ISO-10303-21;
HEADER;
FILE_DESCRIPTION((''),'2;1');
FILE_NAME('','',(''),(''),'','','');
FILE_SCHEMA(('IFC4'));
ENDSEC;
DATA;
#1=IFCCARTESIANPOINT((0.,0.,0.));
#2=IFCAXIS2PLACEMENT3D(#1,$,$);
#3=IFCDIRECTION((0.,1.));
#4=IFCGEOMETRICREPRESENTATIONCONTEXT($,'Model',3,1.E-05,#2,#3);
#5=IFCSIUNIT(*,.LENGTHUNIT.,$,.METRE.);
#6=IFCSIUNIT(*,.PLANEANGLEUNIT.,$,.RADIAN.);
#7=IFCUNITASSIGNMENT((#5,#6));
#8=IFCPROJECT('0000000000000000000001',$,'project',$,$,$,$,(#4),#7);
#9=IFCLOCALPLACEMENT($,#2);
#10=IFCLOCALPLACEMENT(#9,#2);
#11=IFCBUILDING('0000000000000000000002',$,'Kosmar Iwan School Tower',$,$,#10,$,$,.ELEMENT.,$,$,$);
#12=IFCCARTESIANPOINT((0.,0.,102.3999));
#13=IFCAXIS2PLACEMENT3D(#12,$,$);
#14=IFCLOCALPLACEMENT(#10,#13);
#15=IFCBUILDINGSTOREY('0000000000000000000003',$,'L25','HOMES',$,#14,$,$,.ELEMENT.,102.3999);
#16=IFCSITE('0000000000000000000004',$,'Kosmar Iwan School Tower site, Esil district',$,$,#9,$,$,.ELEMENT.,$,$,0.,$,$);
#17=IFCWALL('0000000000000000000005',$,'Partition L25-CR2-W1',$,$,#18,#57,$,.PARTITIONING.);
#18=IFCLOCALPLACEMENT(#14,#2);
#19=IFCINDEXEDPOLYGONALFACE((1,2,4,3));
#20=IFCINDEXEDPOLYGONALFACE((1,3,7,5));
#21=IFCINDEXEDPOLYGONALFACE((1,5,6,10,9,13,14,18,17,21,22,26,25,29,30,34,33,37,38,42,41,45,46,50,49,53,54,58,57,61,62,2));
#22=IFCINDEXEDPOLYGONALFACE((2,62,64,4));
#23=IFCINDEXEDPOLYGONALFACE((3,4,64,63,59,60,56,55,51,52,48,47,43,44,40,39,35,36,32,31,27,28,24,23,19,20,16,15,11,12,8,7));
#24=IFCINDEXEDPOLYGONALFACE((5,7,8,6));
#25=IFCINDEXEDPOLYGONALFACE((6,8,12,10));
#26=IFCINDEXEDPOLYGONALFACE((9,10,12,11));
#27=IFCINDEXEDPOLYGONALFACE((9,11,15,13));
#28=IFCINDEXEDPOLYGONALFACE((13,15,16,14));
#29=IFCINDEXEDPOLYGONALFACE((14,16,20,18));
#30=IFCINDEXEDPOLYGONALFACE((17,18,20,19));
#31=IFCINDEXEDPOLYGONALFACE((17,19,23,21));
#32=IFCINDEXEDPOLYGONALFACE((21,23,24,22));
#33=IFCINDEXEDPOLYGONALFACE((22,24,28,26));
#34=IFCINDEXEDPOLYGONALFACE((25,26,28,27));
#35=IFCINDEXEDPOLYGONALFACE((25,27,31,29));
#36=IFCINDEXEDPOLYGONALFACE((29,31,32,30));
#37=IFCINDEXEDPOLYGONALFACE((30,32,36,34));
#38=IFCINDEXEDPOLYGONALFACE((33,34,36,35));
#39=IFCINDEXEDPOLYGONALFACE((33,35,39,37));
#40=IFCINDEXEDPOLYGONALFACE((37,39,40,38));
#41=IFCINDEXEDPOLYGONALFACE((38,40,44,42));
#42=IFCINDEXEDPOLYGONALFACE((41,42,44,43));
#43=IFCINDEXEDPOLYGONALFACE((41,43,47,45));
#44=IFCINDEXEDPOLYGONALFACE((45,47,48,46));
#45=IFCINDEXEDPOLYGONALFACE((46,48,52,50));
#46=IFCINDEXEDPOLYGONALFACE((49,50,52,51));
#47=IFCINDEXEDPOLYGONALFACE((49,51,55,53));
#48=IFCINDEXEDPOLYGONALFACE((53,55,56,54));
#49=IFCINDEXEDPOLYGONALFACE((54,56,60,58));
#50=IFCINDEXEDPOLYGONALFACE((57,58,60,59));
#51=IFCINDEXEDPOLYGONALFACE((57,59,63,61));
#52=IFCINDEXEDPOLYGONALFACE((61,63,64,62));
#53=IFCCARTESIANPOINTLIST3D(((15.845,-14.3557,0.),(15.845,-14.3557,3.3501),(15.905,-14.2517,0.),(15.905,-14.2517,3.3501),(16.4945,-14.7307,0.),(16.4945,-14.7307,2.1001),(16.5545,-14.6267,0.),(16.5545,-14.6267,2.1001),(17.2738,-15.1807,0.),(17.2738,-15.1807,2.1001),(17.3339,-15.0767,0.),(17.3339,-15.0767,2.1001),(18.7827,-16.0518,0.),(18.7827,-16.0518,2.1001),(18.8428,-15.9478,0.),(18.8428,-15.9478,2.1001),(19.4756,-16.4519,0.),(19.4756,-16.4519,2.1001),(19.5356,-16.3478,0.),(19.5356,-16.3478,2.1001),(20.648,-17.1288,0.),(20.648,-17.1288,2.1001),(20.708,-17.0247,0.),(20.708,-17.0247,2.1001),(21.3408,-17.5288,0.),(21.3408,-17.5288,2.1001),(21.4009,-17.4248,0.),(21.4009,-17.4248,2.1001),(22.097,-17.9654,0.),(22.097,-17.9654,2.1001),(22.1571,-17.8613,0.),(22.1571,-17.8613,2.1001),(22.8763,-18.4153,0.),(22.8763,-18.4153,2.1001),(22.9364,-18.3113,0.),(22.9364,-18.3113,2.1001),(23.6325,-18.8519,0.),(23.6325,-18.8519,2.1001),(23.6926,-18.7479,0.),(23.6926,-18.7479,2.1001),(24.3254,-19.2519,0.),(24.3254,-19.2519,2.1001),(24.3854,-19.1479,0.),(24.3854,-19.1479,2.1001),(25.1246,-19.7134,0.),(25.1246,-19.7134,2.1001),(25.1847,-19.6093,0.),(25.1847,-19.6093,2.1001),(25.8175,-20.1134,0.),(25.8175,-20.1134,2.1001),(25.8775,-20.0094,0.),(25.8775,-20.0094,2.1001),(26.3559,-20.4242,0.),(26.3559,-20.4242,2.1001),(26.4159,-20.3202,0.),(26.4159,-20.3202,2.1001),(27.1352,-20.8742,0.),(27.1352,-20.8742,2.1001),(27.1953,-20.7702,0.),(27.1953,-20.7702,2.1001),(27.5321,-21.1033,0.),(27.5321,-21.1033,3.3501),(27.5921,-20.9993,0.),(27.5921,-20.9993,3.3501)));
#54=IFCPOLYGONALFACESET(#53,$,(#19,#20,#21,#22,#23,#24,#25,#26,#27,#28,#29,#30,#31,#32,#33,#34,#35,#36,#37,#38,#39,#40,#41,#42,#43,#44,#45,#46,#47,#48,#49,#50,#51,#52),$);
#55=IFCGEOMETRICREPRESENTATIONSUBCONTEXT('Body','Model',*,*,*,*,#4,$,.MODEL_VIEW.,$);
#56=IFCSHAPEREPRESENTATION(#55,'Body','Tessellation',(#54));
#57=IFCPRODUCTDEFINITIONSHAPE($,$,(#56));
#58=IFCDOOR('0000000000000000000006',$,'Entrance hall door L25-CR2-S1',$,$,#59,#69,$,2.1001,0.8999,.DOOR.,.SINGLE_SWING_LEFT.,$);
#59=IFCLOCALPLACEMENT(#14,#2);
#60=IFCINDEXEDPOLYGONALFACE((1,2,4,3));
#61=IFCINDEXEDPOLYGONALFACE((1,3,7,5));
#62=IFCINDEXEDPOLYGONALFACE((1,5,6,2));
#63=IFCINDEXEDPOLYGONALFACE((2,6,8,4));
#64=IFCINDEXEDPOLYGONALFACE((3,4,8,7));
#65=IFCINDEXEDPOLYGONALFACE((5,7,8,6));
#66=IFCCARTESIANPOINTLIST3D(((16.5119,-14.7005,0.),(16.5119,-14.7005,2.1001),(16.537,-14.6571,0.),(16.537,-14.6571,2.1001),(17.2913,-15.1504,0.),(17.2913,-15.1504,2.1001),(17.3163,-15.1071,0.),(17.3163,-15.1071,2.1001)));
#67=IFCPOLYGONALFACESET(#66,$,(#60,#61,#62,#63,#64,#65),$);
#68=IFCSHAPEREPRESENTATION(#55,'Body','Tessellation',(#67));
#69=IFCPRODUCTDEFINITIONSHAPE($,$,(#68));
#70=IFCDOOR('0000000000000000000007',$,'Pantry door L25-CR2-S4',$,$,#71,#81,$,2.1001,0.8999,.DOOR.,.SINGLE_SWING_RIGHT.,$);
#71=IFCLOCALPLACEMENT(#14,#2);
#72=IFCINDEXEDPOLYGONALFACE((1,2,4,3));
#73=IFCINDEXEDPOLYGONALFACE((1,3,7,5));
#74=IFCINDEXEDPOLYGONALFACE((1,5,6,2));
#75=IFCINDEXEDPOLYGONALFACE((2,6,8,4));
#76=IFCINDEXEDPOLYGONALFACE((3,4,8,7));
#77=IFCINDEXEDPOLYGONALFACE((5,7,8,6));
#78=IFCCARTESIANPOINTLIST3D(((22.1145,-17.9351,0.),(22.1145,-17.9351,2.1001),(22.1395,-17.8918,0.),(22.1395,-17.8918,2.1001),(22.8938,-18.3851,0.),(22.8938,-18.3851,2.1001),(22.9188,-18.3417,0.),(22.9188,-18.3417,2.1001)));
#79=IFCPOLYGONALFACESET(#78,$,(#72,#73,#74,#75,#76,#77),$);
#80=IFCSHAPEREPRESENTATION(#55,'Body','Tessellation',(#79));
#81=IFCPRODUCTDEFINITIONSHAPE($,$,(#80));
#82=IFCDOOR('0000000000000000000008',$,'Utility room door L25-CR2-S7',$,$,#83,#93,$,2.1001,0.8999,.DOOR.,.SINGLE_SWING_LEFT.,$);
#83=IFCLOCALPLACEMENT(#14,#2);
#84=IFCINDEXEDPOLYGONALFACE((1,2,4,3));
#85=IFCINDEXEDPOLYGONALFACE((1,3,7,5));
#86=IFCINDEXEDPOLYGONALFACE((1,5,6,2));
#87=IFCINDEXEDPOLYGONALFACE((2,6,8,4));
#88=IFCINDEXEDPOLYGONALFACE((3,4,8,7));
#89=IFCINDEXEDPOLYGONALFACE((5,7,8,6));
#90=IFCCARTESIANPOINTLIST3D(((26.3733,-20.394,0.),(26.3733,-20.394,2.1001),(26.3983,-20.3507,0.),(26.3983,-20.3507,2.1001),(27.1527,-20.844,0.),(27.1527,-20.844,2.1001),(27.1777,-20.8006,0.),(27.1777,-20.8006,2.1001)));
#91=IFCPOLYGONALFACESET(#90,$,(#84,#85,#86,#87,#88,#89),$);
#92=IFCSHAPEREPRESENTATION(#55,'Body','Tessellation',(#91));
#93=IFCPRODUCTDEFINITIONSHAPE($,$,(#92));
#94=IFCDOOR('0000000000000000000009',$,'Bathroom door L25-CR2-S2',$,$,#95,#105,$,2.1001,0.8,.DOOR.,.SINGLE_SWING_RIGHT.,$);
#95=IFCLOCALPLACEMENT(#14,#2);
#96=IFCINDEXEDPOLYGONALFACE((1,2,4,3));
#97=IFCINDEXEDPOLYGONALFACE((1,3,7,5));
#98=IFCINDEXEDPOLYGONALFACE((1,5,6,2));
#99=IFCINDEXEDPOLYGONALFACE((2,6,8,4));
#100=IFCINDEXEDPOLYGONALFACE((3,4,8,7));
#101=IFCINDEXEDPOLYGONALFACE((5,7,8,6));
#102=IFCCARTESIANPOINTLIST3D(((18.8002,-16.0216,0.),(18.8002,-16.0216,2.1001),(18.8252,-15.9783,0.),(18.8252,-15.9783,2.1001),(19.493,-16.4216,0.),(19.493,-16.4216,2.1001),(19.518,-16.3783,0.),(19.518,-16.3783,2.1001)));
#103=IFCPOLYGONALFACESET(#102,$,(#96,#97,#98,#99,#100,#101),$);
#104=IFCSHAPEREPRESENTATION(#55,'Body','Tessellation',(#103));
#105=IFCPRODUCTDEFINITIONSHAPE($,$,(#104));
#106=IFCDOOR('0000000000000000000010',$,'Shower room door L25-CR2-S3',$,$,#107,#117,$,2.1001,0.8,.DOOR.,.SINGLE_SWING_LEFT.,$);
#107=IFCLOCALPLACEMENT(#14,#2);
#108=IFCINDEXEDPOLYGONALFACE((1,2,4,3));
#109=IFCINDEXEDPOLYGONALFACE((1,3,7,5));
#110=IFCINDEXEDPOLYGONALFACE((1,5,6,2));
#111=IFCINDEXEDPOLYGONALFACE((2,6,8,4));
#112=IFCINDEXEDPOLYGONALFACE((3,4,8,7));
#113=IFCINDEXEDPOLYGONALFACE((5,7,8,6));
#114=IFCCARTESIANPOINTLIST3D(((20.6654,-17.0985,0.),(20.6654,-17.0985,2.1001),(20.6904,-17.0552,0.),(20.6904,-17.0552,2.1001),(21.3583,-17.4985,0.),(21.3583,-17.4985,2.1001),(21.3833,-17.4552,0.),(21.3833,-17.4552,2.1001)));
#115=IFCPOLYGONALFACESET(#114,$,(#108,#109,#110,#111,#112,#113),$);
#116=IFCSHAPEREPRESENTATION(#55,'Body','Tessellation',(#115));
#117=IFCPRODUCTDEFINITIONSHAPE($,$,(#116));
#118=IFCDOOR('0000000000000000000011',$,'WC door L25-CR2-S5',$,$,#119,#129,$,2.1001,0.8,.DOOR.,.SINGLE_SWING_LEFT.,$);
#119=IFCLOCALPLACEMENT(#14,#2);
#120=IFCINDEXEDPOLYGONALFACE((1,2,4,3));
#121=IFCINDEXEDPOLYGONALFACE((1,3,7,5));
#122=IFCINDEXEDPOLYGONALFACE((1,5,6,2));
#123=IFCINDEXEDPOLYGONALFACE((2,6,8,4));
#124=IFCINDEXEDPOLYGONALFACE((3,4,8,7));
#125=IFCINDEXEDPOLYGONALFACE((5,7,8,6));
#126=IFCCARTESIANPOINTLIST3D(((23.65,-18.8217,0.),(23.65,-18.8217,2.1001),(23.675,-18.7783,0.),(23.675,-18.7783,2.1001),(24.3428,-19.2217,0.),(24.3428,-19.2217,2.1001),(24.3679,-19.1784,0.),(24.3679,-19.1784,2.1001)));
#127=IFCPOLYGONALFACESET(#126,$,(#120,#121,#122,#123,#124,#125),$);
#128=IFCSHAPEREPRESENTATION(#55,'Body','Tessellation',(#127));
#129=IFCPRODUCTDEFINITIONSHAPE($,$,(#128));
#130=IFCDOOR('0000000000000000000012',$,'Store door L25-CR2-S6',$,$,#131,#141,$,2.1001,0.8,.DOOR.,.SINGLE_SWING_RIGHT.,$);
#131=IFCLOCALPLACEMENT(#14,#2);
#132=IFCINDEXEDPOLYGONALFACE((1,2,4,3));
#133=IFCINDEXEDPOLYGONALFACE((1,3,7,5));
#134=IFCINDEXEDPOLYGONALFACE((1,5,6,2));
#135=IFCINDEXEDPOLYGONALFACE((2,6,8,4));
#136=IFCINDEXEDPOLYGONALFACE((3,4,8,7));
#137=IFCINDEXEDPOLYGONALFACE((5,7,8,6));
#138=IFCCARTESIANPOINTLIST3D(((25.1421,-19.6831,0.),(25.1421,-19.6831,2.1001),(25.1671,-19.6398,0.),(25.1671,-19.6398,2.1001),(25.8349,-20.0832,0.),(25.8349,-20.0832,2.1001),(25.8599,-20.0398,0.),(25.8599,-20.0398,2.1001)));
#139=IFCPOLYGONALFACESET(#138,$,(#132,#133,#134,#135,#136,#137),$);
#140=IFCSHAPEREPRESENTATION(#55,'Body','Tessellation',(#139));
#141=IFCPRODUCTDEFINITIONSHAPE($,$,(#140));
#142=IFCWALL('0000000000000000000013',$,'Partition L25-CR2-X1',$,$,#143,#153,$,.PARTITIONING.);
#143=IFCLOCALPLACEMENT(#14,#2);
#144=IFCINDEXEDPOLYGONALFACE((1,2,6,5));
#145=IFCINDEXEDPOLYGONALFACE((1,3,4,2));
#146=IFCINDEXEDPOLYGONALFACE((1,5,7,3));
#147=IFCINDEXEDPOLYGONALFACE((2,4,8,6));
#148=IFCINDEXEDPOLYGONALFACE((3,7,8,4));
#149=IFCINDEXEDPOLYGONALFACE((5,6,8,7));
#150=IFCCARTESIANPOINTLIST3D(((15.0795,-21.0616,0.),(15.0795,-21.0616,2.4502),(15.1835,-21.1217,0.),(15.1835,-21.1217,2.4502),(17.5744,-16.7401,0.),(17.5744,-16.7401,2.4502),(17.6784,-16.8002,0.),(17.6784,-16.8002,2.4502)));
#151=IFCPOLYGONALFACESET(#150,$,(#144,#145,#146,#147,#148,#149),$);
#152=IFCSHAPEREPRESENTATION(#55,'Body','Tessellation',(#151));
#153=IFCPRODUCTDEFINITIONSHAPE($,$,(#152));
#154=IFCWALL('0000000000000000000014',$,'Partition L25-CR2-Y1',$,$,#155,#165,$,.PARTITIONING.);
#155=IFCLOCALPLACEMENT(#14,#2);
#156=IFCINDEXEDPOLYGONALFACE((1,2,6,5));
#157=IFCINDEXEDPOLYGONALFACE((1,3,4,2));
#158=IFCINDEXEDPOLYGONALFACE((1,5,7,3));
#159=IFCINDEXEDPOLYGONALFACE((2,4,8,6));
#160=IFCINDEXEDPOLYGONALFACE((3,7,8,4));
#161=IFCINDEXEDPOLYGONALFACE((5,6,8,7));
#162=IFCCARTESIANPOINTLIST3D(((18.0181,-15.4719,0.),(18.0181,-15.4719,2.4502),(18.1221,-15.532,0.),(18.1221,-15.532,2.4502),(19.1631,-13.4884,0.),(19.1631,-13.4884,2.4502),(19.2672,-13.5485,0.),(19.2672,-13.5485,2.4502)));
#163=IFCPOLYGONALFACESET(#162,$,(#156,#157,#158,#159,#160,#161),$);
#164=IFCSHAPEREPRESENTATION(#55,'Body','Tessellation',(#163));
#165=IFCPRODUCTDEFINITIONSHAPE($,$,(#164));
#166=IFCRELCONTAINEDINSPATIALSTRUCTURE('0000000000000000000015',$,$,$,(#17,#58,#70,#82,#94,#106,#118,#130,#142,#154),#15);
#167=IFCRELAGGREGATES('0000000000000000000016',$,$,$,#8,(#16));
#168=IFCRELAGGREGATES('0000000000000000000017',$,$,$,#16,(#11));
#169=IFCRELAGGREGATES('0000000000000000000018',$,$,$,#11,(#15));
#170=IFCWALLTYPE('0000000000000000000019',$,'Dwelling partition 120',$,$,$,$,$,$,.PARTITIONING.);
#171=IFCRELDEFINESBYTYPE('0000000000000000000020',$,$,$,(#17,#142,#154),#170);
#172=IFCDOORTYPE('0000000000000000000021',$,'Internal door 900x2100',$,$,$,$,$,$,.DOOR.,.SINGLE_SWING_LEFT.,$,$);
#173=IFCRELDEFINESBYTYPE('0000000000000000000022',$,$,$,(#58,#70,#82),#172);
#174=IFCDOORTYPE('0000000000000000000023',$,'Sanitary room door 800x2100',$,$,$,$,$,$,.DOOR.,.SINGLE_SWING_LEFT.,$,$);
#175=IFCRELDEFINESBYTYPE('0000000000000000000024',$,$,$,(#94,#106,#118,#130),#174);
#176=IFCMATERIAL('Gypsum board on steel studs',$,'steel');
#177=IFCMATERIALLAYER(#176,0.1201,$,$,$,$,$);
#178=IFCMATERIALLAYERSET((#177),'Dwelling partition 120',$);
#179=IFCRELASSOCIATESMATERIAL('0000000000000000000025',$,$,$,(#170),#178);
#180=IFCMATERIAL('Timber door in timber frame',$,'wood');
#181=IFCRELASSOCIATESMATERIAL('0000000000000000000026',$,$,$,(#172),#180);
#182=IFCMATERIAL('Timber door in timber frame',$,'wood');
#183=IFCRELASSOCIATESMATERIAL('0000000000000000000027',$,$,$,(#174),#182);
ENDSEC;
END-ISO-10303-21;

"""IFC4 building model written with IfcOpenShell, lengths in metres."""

from ifc_helpers import new_model, si_unit, direction, frame, frame_2d, origin, place, context, subcontext, project, spatial, rectangle, extrude, material, layer, layer_set, type_object, element, fill, save


model = new_model("IFC4")

# Units and contexts
model_context = context("Model", 3, precision=1e-05, world=origin(), true_north=direction((0.0, 1.0)))
body_context = subcontext(model_context, "Body", "Model", "MODEL_VIEW")
ifc_project = project(units=[si_unit("LENGTHUNIT", "METRE"), si_unit("PLANEANGLEUNIT", "RADIAN")], contexts=[model_context])

# Site, building, storey
site_placement = place(None, origin())
site = spatial("IfcSite", under=ifc_project, at=site_placement, Name="Kosmar Iwan School Tower site, Esil district", CompositionType="ELEMENT", RefElevation=0.0)
building_placement = place(site_placement, origin())
building = spatial("IfcBuilding", under=site, at=building_placement, Name="Kosmar Iwan School Tower", CompositionType="ELEMENT")
storey_placement = place(building_placement, frame((0.0, 0.0, 102.3999)))
storey = spatial("IfcBuildingStorey", under=building, at=storey_placement, Name="L25", Description="HOMES", CompositionType="ELEMENT", Elevation=102.3999)

# Shared definitions
ifc_material_1 = material(Name="Gypsum board on steel studs", Category="steel")
ifc_layer_1 = layer(ifc_material_1, 0.1201)
ifc_layer_set_1 = layer_set([ifc_layer_1], Name="Dwelling partition 120")
wall_type_1 = type_object("IfcWallType", Name="Dwelling partition 120", PredefinedType="PARTITIONING", material=ifc_layer_set_1)

# Wall, openings, doors
wall_1_placement = place(storey_placement, frame((15.875, -14.3037, 0.0), z_axis=(0.0, 0.0, 1.0), x_axis=(0.866024, -0.500003, 0.0)))
wall_1 = element("IfcWall", 1, at=wall_1_placement, inside=storey, type_object=wall_type_1, Name="Partition L25-CR2-W1", PredefinedType="PARTITIONING", context=body_context, shape_type="SweptSolid", body=[
    extrude(rectangle(XDim=13.4951, YDim=0.1201, at=frame_2d((6.7476, 0.0))), origin(), (0.0, 0.0, 1.0), 3.3501),
])
opening_1_placement = place(wall_1_placement, frame((0.75, 0.0, 0.0)))
opening_1 = element("IfcOpeningElement", 2, at=opening_1_placement, cuts=wall_1, PredefinedType="OPENING", context=body_context, shape_type="SweptSolid", body=[
    extrude(rectangle(XDim=0.8999, YDim=2.1001, at=frame_2d((0.45, 1.05))), frame((0.0, 0.072, 0.0), z_axis=(0.0, -1.0, 0.0), x_axis=(1.0, 0.0, 0.0)), (0.0, 0.0, 1.0), 0.144),
])
opening_2_placement = place(wall_1_placement, frame((3.3923, 0.0, 0.0)))
opening_2 = element("IfcOpeningElement", 3, at=opening_2_placement, cuts=wall_1, PredefinedType="OPENING", context=body_context, shape_type="SweptSolid", body=[
    extrude(rectangle(XDim=0.8, YDim=2.1001, at=frame_2d((0.3999, 1.05))), frame((0.0, 0.072, 0.0), z_axis=(0.0, -1.0, 0.0), x_axis=(1.0, 0.0, 0.0)), (0.0, 0.0, 1.0), 0.144),
])
opening_3_placement = place(wall_1_placement, frame((5.5461, 0.0, 0.0)))
opening_3 = element("IfcOpeningElement", 4, at=opening_3_placement, cuts=wall_1, PredefinedType="OPENING", context=body_context, shape_type="SweptSolid", body=[
    extrude(rectangle(XDim=0.8, YDim=2.1001, at=frame_2d((0.3999, 1.05))), frame((0.0, 0.072, 0.0), z_axis=(0.0, -1.0, 0.0), x_axis=(1.0, 0.0, 0.0)), (0.0, 0.0, 1.0), 0.144),
])
opening_4_placement = place(wall_1_placement, frame((7.2192, 0.0, 0.0)))
opening_4 = element("IfcOpeningElement", 5, at=opening_4_placement, cuts=wall_1, PredefinedType="OPENING", context=body_context, shape_type="SweptSolid", body=[
    extrude(rectangle(XDim=0.8999, YDim=2.1001, at=frame_2d((0.45, 1.05))), frame((0.0, 0.072, 0.0), z_axis=(0.0, -1.0, 0.0), x_axis=(1.0, 0.0, 0.0)), (0.0, 0.0, 1.0), 0.144),
])
opening_5_placement = place(wall_1_placement, frame((8.9924, 0.0, 0.0)))
opening_5 = element("IfcOpeningElement", 6, at=opening_5_placement, cuts=wall_1, PredefinedType="OPENING", context=body_context, shape_type="SweptSolid", body=[
    extrude(rectangle(XDim=0.8, YDim=2.1001, at=frame_2d((0.3999, 1.05))), frame((0.0, 0.072, 0.0), z_axis=(0.0, -1.0, 0.0), x_axis=(1.0, 0.0, 0.0)), (0.0, 0.0, 1.0), 0.144),
])
opening_6_placement = place(wall_1_placement, frame((10.7153, 0.0, 0.0)))
opening_6 = element("IfcOpeningElement", 7, at=opening_6_placement, cuts=wall_1, PredefinedType="OPENING", context=body_context, shape_type="SweptSolid", body=[
    extrude(rectangle(XDim=0.8, YDim=2.1001, at=frame_2d((0.3999, 1.05))), frame((0.0, 0.072, 0.0), z_axis=(0.0, -1.0, 0.0), x_axis=(1.0, 0.0, 0.0)), (0.0, 0.0, 1.0), 0.144),
])
opening_7_placement = place(wall_1_placement, frame((12.137, 0.0, 0.0)))
opening_7 = element("IfcOpeningElement", 8, at=opening_7_placement, cuts=wall_1, PredefinedType="OPENING", context=body_context, shape_type="SweptSolid", body=[
    extrude(rectangle(XDim=0.8999, YDim=2.1001, at=frame_2d((0.45, 1.05))), frame((0.0, 0.072, 0.0), z_axis=(0.0, -1.0, 0.0), x_axis=(1.0, 0.0, 0.0)), (0.0, 0.0, 1.0), 0.144),
])
ifc_material_2 = material(Name="Timber door in timber frame", Category="wood")
door_type_1 = type_object("IfcDoorType", Name="Internal door 900x2100", OperationType="SINGLE_SWING_LEFT", PredefinedType="DOOR", material=ifc_material_2)
door_1_placement = place(opening_1_placement, origin())
door_1 = element("IfcDoor", 9, at=door_1_placement, inside=storey, type_object=door_type_1, Name="Entrance hall door L25-CR2-S1", OperationType="SINGLE_SWING_LEFT", OverallHeight=2.1001, OverallWidth=0.8999, PredefinedType="DOOR", context=body_context, shape_type="SweptSolid", body=[
    extrude(rectangle(XDim=0.8999, YDim=2.1001, at=frame_2d((0.45, 1.05))), frame((0.0, 0.0249, 0.0), z_axis=(0.0, -1.0, 0.0), x_axis=(1.0, 0.0, 0.0)), (0.0, 0.0, 1.0), 0.05),
])
fill(opening_1, door_1)
door_2_placement = place(opening_4_placement, origin())
door_2 = element("IfcDoor", 10, at=door_2_placement, inside=storey, type_object=door_type_1, Name="Pantry door L25-CR2-S4", OperationType="SINGLE_SWING_RIGHT", OverallHeight=2.1001, OverallWidth=0.8999, PredefinedType="DOOR", context=body_context, shape_type="SweptSolid", body=[
    extrude(rectangle(XDim=0.8999, YDim=2.1001, at=frame_2d((0.45, 1.05))), frame((0.0, 0.0249, 0.0), z_axis=(0.0, -1.0, 0.0), x_axis=(1.0, 0.0, 0.0)), (0.0, 0.0, 1.0), 0.05),
])
fill(opening_4, door_2)
door_3_placement = place(opening_7_placement, origin())
door_3 = element("IfcDoor", 11, at=door_3_placement, inside=storey, type_object=door_type_1, Name="Utility room door L25-CR2-S7", OperationType="SINGLE_SWING_LEFT", OverallHeight=2.1001, OverallWidth=0.8999, PredefinedType="DOOR", context=body_context, shape_type="SweptSolid", body=[
    extrude(rectangle(XDim=0.8999, YDim=2.1001, at=frame_2d((0.45, 1.05))), frame((0.0, 0.0249, 0.0), z_axis=(0.0, -1.0, 0.0), x_axis=(1.0, 0.0, 0.0)), (0.0, 0.0, 1.0), 0.05),
])
fill(opening_7, door_3)
ifc_material_3 = material(Name="Timber door in timber frame", Category="wood")
door_type_2 = type_object("IfcDoorType", Name="Sanitary room door 800x2100", OperationType="SINGLE_SWING_LEFT", PredefinedType="DOOR", material=ifc_material_3)
door_4_placement = place(opening_2_placement, origin())
door_4 = element("IfcDoor", 12, at=door_4_placement, inside=storey, type_object=door_type_2, Name="Bathroom door L25-CR2-S2", OperationType="SINGLE_SWING_RIGHT", OverallHeight=2.1001, OverallWidth=0.8, PredefinedType="DOOR", context=body_context, shape_type="SweptSolid", body=[
    extrude(rectangle(XDim=0.8, YDim=2.1001, at=frame_2d((0.3999, 1.05))), frame((0.0, 0.0249, 0.0), z_axis=(0.0, -1.0, 0.0), x_axis=(1.0, 0.0, 0.0)), (0.0, 0.0, 1.0), 0.05),
])
fill(opening_2, door_4)
door_5_placement = place(opening_3_placement, origin())
door_5 = element("IfcDoor", 13, at=door_5_placement, inside=storey, type_object=door_type_2, Name="Shower room door L25-CR2-S3", OperationType="SINGLE_SWING_LEFT", OverallHeight=2.1001, OverallWidth=0.8, PredefinedType="DOOR", context=body_context, shape_type="SweptSolid", body=[
    extrude(rectangle(XDim=0.8, YDim=2.1001, at=frame_2d((0.3999, 1.05))), frame((0.0, 0.0249, 0.0), z_axis=(0.0, -1.0, 0.0), x_axis=(1.0, 0.0, 0.0)), (0.0, 0.0, 1.0), 0.05),
])
fill(opening_3, door_5)
door_6_placement = place(opening_5_placement, origin())
door_6 = element("IfcDoor", 14, at=door_6_placement, inside=storey, type_object=door_type_2, Name="WC door L25-CR2-S5", OperationType="SINGLE_SWING_LEFT", OverallHeight=2.1001, OverallWidth=0.8, PredefinedType="DOOR", context=body_context, shape_type="SweptSolid", body=[
    extrude(rectangle(XDim=0.8, YDim=2.1001, at=frame_2d((0.3999, 1.05))), frame((0.0, 0.0249, 0.0), z_axis=(0.0, -1.0, 0.0), x_axis=(1.0, 0.0, 0.0)), (0.0, 0.0, 1.0), 0.05),
])
fill(opening_5, door_6)
door_7_placement = place(opening_6_placement, origin())
door_7 = element("IfcDoor", 15, at=door_7_placement, inside=storey, type_object=door_type_2, Name="Store door L25-CR2-S6", OperationType="SINGLE_SWING_RIGHT", OverallHeight=2.1001, OverallWidth=0.8, PredefinedType="DOOR", context=body_context, shape_type="SweptSolid", body=[
    extrude(rectangle(XDim=0.8, YDim=2.1001, at=frame_2d((0.3999, 1.05))), frame((0.0, 0.0249, 0.0), z_axis=(0.0, -1.0, 0.0), x_axis=(1.0, 0.0, 0.0)), (0.0, 0.0, 1.0), 0.05),
])
fill(opening_6, door_7)

# Walls
wall_2_placement = place(storey_placement, frame((17.6265, -16.77, 0.0), z_axis=(0.0, 0.0, 1.0), x_axis=(-0.499975, -0.86604, 0.0)))
element("IfcWall", 16, at=wall_2_placement, inside=storey, type_object=wall_type_1, Name="Partition L25-CR2-X1", PredefinedType="PARTITIONING", context=body_context, shape_type="SweptSolid", body=[
    extrude(rectangle(XDim=4.99, YDim=0.1201, at=frame_2d((2.4951, 0.0))), origin(), (0.0, 0.0, 1.0), 2.4502),
])
wall_3_placement = place(storey_placement, frame((19.2151, -13.5186, 0.0), z_axis=(0.0, 0.0, 1.0), x_axis=(-0.499969, -0.866044, 0.0)))
element("IfcWall", 17, at=wall_3_placement, inside=storey, type_object=wall_type_1, Name="Partition L25-CR2-Y1", PredefinedType="PARTITIONING", context=body_context, shape_type="SweptSolid", body=[
    extrude(rectangle(XDim=2.2903, YDim=0.1201, at=frame_2d((1.145, 0.0))), origin(), (0.0, 0.0, 1.0), 2.4502),
])

save(model, "model.ifc")
